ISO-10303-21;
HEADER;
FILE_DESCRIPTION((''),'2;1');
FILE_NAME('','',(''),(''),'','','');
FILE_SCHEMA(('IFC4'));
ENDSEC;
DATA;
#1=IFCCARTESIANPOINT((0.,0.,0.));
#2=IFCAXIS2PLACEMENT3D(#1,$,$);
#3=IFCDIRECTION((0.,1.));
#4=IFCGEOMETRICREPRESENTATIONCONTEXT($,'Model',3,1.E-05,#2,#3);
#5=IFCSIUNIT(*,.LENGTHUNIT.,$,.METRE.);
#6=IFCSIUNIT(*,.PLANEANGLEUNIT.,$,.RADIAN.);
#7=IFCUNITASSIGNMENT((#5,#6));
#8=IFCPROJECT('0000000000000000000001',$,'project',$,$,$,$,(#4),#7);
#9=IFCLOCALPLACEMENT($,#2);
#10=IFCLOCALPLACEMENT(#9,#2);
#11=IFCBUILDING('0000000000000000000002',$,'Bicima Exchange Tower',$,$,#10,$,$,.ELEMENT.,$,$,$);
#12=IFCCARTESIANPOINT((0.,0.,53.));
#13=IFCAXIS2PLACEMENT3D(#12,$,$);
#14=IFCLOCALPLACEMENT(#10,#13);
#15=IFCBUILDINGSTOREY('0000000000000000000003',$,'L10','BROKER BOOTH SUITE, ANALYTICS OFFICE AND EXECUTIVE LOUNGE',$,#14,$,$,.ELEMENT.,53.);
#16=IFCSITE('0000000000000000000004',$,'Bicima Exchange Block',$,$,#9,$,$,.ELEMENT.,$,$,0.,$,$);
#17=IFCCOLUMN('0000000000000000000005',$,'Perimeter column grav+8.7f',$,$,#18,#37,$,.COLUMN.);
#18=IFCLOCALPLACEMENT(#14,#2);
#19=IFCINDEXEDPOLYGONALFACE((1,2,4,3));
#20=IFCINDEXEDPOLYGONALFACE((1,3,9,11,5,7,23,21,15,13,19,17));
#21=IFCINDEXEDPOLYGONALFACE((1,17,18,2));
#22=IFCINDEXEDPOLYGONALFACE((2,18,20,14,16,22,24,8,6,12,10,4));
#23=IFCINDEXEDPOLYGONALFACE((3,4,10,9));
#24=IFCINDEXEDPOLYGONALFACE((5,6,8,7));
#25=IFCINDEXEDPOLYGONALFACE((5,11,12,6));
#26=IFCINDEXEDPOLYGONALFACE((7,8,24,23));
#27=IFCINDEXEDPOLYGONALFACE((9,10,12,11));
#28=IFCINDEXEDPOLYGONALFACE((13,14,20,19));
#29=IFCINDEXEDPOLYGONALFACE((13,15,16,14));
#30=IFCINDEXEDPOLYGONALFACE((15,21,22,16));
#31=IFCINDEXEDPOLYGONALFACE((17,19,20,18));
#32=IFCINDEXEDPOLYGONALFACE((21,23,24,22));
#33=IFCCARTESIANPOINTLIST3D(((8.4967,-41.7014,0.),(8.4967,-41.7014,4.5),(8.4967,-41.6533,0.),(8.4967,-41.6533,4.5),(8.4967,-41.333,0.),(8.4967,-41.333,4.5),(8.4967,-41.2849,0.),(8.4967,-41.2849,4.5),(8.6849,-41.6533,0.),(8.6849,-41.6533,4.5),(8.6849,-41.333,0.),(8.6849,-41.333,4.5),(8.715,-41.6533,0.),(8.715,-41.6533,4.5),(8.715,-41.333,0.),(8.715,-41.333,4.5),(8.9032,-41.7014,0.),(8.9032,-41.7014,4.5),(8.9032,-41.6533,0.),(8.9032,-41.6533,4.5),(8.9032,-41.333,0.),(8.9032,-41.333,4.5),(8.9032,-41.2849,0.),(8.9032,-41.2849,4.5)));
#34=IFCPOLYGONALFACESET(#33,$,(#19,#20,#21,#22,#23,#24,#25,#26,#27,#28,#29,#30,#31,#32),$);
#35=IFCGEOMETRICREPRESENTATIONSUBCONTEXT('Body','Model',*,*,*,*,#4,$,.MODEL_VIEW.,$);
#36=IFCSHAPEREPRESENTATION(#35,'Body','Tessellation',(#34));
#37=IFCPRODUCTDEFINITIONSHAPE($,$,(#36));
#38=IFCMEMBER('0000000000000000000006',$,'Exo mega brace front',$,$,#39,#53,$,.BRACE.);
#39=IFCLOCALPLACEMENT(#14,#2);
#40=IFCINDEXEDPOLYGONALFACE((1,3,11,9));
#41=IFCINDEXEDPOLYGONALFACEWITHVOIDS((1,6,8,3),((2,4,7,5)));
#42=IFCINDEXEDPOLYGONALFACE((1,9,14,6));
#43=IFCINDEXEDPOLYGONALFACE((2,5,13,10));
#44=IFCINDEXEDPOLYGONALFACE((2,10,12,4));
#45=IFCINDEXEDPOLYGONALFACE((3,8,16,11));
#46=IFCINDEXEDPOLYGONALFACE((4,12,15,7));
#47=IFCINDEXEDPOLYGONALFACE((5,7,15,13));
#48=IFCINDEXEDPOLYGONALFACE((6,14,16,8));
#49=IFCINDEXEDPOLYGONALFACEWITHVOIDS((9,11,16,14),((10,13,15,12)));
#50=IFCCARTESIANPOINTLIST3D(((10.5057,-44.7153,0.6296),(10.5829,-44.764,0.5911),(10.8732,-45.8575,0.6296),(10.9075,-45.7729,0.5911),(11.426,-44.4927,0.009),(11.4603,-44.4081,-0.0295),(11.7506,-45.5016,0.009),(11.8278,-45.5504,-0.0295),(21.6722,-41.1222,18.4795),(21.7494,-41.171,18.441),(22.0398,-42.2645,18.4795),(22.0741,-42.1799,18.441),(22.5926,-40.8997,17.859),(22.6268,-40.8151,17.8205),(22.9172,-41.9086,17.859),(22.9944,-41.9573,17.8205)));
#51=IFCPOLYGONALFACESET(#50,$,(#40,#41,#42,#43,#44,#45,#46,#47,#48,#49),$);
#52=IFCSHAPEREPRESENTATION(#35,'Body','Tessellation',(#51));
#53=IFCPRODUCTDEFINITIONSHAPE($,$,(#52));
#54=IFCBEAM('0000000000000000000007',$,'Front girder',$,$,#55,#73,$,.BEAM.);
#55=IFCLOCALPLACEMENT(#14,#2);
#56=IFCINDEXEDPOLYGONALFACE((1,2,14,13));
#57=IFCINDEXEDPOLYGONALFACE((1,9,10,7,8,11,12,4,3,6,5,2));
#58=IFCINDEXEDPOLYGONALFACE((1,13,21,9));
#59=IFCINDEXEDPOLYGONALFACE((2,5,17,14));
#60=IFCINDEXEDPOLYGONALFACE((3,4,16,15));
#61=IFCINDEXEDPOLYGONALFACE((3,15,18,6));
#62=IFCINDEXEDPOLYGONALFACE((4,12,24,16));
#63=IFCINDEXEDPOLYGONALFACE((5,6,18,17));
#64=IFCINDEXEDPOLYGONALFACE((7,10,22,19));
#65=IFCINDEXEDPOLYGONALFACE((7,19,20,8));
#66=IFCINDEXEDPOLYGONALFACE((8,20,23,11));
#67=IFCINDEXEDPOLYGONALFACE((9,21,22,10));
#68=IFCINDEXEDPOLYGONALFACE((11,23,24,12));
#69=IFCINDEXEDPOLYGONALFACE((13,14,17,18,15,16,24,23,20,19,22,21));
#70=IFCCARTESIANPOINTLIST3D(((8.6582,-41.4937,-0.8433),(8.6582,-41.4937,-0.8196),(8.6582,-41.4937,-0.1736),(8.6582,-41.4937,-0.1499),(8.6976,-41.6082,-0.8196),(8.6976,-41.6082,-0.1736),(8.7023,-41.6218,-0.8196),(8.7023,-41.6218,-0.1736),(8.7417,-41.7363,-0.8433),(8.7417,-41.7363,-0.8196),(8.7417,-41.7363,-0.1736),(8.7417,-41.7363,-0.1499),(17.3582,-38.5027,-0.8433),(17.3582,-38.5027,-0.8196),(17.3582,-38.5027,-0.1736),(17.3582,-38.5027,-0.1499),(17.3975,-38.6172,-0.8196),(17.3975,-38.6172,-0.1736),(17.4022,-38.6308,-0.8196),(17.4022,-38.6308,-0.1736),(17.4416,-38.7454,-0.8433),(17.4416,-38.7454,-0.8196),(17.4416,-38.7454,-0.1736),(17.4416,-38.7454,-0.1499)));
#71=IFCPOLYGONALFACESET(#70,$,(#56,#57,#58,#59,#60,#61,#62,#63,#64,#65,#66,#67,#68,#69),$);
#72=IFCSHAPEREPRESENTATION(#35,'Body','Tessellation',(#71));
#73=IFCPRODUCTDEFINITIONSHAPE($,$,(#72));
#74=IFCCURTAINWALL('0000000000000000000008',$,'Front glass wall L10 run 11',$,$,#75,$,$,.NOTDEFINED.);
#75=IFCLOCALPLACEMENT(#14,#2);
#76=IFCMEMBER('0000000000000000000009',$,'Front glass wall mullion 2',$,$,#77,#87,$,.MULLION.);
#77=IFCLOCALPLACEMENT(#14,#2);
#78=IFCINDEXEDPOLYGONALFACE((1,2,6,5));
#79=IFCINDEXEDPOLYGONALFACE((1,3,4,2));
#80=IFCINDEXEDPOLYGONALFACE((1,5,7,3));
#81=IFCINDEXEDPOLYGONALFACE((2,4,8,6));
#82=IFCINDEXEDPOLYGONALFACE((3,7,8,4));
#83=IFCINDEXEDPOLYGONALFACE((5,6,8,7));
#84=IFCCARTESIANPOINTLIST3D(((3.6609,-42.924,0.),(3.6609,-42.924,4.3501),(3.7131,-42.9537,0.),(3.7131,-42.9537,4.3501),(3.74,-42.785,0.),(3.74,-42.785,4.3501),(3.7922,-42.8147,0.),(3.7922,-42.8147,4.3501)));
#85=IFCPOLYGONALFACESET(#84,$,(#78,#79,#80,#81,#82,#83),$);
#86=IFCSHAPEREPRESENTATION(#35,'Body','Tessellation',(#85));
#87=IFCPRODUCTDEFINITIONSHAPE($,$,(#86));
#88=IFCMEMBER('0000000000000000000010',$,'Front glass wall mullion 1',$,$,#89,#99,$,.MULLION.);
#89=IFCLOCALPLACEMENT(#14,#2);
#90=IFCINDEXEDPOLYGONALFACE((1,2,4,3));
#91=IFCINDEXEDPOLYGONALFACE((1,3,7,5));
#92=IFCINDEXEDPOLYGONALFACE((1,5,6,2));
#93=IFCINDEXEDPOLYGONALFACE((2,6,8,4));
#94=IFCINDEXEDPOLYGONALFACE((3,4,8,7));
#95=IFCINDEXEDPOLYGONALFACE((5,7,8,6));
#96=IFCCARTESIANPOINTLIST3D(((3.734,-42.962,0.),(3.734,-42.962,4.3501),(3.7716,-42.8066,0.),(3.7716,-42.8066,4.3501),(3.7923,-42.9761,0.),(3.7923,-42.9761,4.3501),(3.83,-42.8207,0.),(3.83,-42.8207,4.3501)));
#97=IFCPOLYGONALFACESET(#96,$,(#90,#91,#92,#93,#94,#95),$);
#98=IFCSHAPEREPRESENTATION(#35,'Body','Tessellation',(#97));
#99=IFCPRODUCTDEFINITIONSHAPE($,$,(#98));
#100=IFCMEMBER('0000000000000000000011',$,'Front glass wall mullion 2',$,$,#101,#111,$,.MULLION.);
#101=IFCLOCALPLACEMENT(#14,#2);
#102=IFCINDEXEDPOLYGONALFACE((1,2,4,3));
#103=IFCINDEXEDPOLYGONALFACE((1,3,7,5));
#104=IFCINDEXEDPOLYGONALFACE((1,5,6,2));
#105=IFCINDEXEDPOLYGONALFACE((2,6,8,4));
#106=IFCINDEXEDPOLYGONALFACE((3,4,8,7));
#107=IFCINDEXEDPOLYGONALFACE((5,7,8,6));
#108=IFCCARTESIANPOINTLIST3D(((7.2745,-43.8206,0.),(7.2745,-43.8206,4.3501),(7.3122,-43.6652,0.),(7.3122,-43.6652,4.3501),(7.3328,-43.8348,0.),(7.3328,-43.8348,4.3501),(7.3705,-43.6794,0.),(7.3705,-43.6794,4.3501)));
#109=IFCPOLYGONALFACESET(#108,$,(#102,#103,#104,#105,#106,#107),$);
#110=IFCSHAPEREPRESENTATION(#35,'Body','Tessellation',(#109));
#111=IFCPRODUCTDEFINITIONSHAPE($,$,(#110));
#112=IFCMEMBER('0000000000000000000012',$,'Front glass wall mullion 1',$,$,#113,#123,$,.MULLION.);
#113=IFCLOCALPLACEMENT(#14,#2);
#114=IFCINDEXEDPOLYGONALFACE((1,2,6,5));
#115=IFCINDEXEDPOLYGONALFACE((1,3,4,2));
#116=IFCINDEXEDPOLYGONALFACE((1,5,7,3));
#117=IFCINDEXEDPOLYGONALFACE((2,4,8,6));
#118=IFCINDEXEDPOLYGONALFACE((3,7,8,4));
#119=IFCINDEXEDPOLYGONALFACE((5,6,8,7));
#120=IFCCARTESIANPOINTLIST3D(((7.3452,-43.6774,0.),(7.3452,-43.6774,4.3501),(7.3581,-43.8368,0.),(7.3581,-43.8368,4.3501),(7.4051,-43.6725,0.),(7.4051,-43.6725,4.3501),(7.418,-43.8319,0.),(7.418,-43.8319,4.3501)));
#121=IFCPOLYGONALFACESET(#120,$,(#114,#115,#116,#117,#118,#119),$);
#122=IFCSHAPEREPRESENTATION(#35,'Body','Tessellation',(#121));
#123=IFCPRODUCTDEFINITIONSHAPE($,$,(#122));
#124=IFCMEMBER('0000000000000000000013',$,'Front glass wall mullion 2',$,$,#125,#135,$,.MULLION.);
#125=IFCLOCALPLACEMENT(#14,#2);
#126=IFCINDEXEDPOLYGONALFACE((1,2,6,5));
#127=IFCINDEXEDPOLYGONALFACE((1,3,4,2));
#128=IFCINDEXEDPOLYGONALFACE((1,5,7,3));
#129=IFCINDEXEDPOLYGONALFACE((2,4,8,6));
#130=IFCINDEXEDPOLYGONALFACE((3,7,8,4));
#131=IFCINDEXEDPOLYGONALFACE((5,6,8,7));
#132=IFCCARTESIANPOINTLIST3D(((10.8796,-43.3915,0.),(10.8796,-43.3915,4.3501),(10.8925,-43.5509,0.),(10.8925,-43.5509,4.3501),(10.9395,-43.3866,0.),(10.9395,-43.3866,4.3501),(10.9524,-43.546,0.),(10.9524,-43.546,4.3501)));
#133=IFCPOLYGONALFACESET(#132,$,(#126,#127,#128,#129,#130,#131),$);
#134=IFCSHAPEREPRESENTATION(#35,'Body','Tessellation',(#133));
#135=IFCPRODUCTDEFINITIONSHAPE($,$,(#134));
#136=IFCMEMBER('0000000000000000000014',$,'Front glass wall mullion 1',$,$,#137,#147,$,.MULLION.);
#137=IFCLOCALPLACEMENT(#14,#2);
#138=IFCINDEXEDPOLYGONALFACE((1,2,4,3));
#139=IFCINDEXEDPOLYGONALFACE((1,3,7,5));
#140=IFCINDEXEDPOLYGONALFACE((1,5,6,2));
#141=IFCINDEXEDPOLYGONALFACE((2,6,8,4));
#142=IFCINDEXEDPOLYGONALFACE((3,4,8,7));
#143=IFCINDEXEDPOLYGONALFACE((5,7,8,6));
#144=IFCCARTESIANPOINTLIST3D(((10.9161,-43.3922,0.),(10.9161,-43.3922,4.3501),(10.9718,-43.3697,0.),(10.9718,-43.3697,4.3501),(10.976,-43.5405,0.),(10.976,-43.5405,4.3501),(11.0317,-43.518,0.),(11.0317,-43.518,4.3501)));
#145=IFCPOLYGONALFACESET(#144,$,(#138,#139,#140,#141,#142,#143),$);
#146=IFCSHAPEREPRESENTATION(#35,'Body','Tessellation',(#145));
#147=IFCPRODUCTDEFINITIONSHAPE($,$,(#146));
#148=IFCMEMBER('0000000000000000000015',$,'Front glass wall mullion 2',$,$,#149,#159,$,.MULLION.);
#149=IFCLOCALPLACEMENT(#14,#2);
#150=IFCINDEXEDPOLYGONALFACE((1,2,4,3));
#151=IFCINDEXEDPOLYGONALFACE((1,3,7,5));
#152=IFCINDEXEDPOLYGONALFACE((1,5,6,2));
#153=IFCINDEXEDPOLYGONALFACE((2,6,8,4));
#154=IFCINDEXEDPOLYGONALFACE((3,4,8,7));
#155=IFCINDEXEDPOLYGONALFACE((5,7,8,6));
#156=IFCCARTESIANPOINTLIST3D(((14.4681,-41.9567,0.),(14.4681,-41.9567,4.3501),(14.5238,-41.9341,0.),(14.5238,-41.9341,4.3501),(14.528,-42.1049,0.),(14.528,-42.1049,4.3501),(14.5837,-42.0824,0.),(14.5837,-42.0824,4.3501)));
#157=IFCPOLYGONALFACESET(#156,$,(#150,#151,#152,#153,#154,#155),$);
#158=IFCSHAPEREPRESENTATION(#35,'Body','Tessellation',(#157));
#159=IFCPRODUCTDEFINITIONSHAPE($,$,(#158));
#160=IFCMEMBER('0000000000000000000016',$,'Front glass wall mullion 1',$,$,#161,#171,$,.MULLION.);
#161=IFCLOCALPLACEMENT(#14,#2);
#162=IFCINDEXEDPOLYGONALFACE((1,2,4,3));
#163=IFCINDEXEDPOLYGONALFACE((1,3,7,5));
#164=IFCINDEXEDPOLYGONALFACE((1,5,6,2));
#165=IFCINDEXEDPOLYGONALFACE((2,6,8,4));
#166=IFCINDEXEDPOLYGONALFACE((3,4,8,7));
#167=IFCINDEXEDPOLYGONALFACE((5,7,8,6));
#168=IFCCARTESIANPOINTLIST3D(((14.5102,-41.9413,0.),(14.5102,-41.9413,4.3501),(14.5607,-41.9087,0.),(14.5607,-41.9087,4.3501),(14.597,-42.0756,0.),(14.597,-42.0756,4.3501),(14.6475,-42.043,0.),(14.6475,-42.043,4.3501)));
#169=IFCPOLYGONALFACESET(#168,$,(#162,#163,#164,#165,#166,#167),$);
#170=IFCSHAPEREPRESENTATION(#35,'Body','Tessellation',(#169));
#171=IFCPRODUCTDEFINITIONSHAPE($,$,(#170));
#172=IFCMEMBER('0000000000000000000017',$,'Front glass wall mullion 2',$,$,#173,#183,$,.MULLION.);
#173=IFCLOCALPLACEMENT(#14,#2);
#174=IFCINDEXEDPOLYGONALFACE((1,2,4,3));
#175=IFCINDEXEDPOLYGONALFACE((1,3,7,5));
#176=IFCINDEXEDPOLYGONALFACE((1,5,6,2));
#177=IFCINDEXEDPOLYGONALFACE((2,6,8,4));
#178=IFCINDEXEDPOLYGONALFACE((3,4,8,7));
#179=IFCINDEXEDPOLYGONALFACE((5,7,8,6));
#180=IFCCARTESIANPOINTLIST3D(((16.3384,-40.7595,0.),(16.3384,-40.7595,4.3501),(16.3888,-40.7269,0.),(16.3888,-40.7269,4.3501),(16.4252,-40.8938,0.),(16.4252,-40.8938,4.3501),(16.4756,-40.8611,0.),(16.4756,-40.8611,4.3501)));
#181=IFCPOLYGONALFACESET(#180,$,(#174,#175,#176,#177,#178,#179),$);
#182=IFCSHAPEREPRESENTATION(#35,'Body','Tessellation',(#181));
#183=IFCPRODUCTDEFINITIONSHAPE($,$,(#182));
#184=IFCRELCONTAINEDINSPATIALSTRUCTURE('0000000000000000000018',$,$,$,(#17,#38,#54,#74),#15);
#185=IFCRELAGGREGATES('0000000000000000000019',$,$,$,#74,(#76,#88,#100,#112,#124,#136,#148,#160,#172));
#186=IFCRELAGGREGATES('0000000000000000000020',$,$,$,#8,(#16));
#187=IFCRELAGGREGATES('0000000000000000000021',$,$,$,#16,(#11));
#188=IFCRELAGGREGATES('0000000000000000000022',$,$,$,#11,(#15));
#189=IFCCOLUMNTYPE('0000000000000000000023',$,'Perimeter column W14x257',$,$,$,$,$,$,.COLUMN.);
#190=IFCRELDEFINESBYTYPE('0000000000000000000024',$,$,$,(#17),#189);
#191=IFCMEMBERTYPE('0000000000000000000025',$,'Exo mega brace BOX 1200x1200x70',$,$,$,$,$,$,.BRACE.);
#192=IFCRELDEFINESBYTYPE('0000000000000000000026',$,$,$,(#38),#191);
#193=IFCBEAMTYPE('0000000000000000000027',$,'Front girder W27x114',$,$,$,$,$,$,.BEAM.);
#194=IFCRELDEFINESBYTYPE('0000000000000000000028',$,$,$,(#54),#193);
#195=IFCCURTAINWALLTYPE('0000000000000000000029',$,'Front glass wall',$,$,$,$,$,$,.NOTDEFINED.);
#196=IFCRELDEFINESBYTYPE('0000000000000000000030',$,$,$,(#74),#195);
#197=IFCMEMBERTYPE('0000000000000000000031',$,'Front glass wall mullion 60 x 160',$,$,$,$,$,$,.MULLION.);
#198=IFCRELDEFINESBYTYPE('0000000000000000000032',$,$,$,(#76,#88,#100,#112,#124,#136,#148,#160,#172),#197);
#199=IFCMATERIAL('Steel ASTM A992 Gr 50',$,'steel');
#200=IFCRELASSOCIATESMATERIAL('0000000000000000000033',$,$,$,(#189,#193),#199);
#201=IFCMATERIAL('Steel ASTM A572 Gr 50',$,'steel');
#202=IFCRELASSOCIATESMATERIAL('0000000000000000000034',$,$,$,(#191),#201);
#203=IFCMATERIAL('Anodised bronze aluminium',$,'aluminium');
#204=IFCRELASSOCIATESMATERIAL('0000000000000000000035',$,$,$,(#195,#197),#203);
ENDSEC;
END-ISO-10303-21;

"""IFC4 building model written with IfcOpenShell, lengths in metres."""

from ifc_helpers import new_model, si_unit, direction, frame, origin, origin_2d, place, context, subcontext, project, spatial, rectangle, hollow_rectangle, i_section, extrude, material, material_profile, profile_set, type_object, element, aggregate, save


model = new_model("IFC4")

# Units and contexts
model_context = context("Model", 3, precision=1e-05, world=origin(), true_north=direction((0.0, 1.0)))
body_context = subcontext(model_context, "Body", "Model", "MODEL_VIEW")
ifc_project = project(units=[si_unit("LENGTHUNIT", "METRE"), si_unit("PLANEANGLEUNIT", "RADIAN")], contexts=[model_context])

# Site, building, storey
site_placement = place(None, origin())
site = spatial("IfcSite", under=ifc_project, at=site_placement, Name="Bicima Exchange Block", CompositionType="ELEMENT", RefElevation=0.0)
building_placement = place(site_placement, origin())
building = spatial("IfcBuilding", under=site, at=building_placement, Name="Bicima Exchange Tower", CompositionType="ELEMENT")
storey_placement = place(building_placement, frame((0.0, 0.0, 53.0)))
storey = spatial("IfcBuildingStorey", under=building, at=storey_placement, Name="L10", Description="BROKER BOOTH SUITE, ANALYTICS OFFICE AND EXECUTIVE LOUNGE", CompositionType="ELEMENT", Elevation=53.0)

# Column
ifc_material_1 = material(Name="Steel ASTM A992 Gr 50", Category="steel")
ifc_material_profile_1 = material_profile(ifc_material_1, i_section(OverallWidth=0.4065, OverallDepth=0.4165, WebThickness=0.03, FlangeThickness=0.0481, at=origin_2d()))
ifc_profile_set_1 = profile_set([ifc_material_profile_1], Name="Steel ASTM A992 Gr 50")
column_type = type_object("IfcColumnType", Name="Perimeter column W14x257", PredefinedType="COLUMN", material=ifc_profile_set_1)
column_placement = place(storey_placement, frame((8.7, -41.4932, 0.0), z_axis=(0.0, 0.0, 1.0), x_axis=(1.0, 0.0, 0.0)))
element("IfcColumn", 1, at=column_placement, inside=storey, type_object=column_type, Name="Perimeter column grav+8.7f", PredefinedType="COLUMN", context=body_context, shape_type="SweptSolid", body=[
    extrude(i_section(OverallWidth=0.4065, OverallDepth=0.4165, WebThickness=0.03, FlangeThickness=0.0481, at=origin_2d()), origin(), (0.0, 0.0, 1.0), 4.5),
])

# Member
ifc_material_2 = material(Name="Steel ASTM A572 Gr 50", Category="steel")
ifc_material_profile_2 = material_profile(ifc_material_2, hollow_rectangle(XDim=1.2, YDim=1.2, WallThickness=0.0701, at=origin_2d()))
ifc_profile_set_2 = profile_set([ifc_material_profile_2], Name="Steel ASTM A572 Gr 50")
member_type_1 = type_object("IfcMemberType", Name="Exo mega brace BOX 1200x1200x70", PredefinedType="BRACE", material=ifc_profile_set_2)
member_1_placement = place(storey_placement, frame((11.1667, -45.1328, 0.3), z_axis=(0.522795, 0.168218, 0.835696), x_axis=(-0.306302, 0.951935, 0.0)))
element("IfcMember", 2, at=member_1_placement, inside=storey, type_object=member_type_1, Name="Exo mega brace front", PredefinedType="BRACE", context=body_context, shape_type="SweptSolid", body=[
    extrude(hollow_rectangle(XDim=1.2, YDim=1.2, WallThickness=0.0701, at=origin_2d()), origin(), (0.0, 0.0, 1.0), 21.3594),
])

# Beam
ifc_material_profile_3 = material_profile(ifc_material_1, i_section(OverallWidth=0.2566, OverallDepth=0.6934, WebThickness=0.0144, FlangeThickness=0.0237, at=origin_2d()))
ifc_profile_set_3 = profile_set([ifc_material_profile_3], Name="Steel ASTM A992 Gr 50")
beam_type = type_object("IfcBeamType", Name="Front girder W27x114", PredefinedType="BEAM", material=ifc_profile_set_3)
beam_placement = place(storey_placement, frame((8.7, -41.615, -0.4966), z_axis=(0.945675, 0.325115, 0.0), x_axis=(-0.325115, 0.945675, 0.0)))
element("IfcBeam", 3, at=beam_placement, inside=storey, type_object=beam_type, Name="Front girder", PredefinedType="BEAM", context=body_context, shape_type="SweptSolid", body=[
    extrude(i_section(OverallWidth=0.2566, OverallDepth=0.6934, WebThickness=0.0144, FlangeThickness=0.0237, at=origin_2d()), origin(), (0.0, 0.0, 1.0), 9.1997),
])

# Curtain wall, members
ifc_material_3 = material(Name="Anodised bronze aluminium", Category="aluminium")
curtain_wall_type = type_object("IfcCurtainWallType", Name="Front glass wall", PredefinedType="NOTDEFINED", material=ifc_material_3)
curtain_wall_1_placement = place(storey_placement, origin())
curtain_wall_1 = element("IfcCurtainWall", 4, at=curtain_wall_1_placement, inside=storey, type_object=curtain_wall_type, Name="Front glass wall L10 run 11", PredefinedType="NOTDEFINED")
ifc_material_profile_4 = material_profile(ifc_material_3, rectangle(XDim=0.1599, YDim=0.0601, at=origin_2d()))
ifc_profile_set_4 = profile_set([ifc_material_profile_4], Name="Anodised bronze aluminium")
member_type_2 = type_object("IfcMemberType", Name="Front glass wall mullion 60 x 160", PredefinedType="MULLION", material=ifc_profile_set_4)
member_2_placement = place(storey_placement, frame((3.7266, -42.8694, 0.0), z_axis=(0.0, 0.0, 1.0), x_axis=(0.49433, 0.869274, 0.0)))
member_2 = element("IfcMember", 5, at=member_2_placement, type_object=member_type_2, Name="Front glass wall mullion 2", PredefinedType="MULLION", context=body_context, shape_type="SweptSolid", body=[
    extrude(rectangle(XDim=0.1599, YDim=0.0601, at=origin_2d()), origin(), (0.0, 0.0, 1.0), 4.3501),
])
member_3_placement = place(storey_placement, frame((3.782, -42.8914, 0.0), z_axis=(0.0, 0.0, 1.0), x_axis=(0.235682, 0.97183, 0.0)))
member_3 = element("IfcMember", 6, at=member_3_placement, type_object=member_type_2, Name="Front glass wall mullion 1", PredefinedType="MULLION", context=body_context, shape_type="SweptSolid", body=[
    extrude(rectangle(XDim=0.1599, YDim=0.0601, at=origin_2d()), origin(), (0.0, 0.0, 1.0), 4.3501),
])
member_4_placement = place(storey_placement, frame((7.3225, -43.75, 0.0), z_axis=(0.0, 0.0, 1.0), x_axis=(0.235682, 0.97183, 0.0)))
member_4 = element("IfcMember", 7, at=member_4_placement, type_object=member_type_2, Name="Front glass wall mullion 2", PredefinedType="MULLION", context=body_context, shape_type="SweptSolid", body=[
    extrude(rectangle(XDim=0.1599, YDim=0.0601, at=origin_2d()), origin(), (0.0, 0.0, 1.0), 4.3501),
])
member_5_placement = place(storey_placement, frame((7.3816, -43.7546, 0.0), z_axis=(0.0, 0.0, 1.0), x_axis=(-0.080589, 0.996747, 0.0)))
member_5 = element("IfcMember", 8, at=member_5_placement, type_object=member_type_2, Name="Front glass wall mullion 1", PredefinedType="MULLION", context=body_context, shape_type="SweptSolid", body=[
    extrude(rectangle(XDim=0.1599, YDim=0.0601, at=origin_2d()), origin(), (0.0, 0.0, 1.0), 4.3501),
])
member_6_placement = place(storey_placement, frame((10.916, -43.4688, 0.0), z_axis=(0.0, 0.0, 1.0), x_axis=(-0.080589, 0.996747, 0.0)))
member_6 = element("IfcMember", 9, at=member_6_placement, type_object=member_type_2, Name="Front glass wall mullion 2", PredefinedType="MULLION", context=body_context, shape_type="SweptSolid", body=[
    extrude(rectangle(XDim=0.1599, YDim=0.0601, at=origin_2d()), origin(), (0.0, 0.0, 1.0), 4.3501),
])
member_7_placement = place(storey_placement, frame((10.9739, -43.4551, 0.0), z_axis=(0.0, 0.0, 1.0), x_axis=(-0.374705, 0.927144, 0.0)))
member_7 = element("IfcMember", 10, at=member_7_placement, type_object=member_type_2, Name="Front glass wall mullion 1", PredefinedType="MULLION", context=body_context, shape_type="SweptSolid", body=[
    extrude(rectangle(XDim=0.1599, YDim=0.0601, at=origin_2d()), origin(), (0.0, 0.0, 1.0), 4.3501),
])
member_8_placement = place(storey_placement, frame((14.5259, -42.0195, 0.0), z_axis=(0.0, 0.0, 1.0), x_axis=(-0.374705, 0.927144, 0.0)))
member_8 = element("IfcMember", 11, at=member_8_placement, type_object=member_type_2, Name="Front glass wall mullion 2", PredefinedType="MULLION", context=body_context, shape_type="SweptSolid", body=[
    extrude(rectangle(XDim=0.1599, YDim=0.0601, at=origin_2d()), origin(), (0.0, 0.0, 1.0), 4.3501),
])
member_9_placement = place(storey_placement, frame((14.5789, -41.9922, 0.0), z_axis=(0.0, 0.0, 1.0), x_axis=(-0.542909, 0.839791, 0.0)))
member_9 = element("IfcMember", 12, at=member_9_placement, type_object=member_type_2, Name="Front glass wall mullion 1", PredefinedType="MULLION", context=body_context, shape_type="SweptSolid", body=[
    extrude(rectangle(XDim=0.1599, YDim=0.0601, at=origin_2d()), origin(), (0.0, 0.0, 1.0), 4.3501),
])
member_10_placement = place(storey_placement, frame((16.407, -40.8103, 0.0), z_axis=(0.0, 0.0, 1.0), x_axis=(-0.542909, 0.839791, 0.0)))
member_10 = element("IfcMember", 13, at=member_10_placement, type_object=member_type_2, Name="Front glass wall mullion 2", PredefinedType="MULLION", context=body_context, shape_type="SweptSolid", body=[
    extrude(rectangle(XDim=0.1599, YDim=0.0601, at=origin_2d()), origin(), (0.0, 0.0, 1.0), 4.3501),
])

aggregate(curtain_wall_1, [member_2, member_3, member_4, member_5, member_6, member_7, member_8, member_9, member_10])

save(model, "model.ifc")
